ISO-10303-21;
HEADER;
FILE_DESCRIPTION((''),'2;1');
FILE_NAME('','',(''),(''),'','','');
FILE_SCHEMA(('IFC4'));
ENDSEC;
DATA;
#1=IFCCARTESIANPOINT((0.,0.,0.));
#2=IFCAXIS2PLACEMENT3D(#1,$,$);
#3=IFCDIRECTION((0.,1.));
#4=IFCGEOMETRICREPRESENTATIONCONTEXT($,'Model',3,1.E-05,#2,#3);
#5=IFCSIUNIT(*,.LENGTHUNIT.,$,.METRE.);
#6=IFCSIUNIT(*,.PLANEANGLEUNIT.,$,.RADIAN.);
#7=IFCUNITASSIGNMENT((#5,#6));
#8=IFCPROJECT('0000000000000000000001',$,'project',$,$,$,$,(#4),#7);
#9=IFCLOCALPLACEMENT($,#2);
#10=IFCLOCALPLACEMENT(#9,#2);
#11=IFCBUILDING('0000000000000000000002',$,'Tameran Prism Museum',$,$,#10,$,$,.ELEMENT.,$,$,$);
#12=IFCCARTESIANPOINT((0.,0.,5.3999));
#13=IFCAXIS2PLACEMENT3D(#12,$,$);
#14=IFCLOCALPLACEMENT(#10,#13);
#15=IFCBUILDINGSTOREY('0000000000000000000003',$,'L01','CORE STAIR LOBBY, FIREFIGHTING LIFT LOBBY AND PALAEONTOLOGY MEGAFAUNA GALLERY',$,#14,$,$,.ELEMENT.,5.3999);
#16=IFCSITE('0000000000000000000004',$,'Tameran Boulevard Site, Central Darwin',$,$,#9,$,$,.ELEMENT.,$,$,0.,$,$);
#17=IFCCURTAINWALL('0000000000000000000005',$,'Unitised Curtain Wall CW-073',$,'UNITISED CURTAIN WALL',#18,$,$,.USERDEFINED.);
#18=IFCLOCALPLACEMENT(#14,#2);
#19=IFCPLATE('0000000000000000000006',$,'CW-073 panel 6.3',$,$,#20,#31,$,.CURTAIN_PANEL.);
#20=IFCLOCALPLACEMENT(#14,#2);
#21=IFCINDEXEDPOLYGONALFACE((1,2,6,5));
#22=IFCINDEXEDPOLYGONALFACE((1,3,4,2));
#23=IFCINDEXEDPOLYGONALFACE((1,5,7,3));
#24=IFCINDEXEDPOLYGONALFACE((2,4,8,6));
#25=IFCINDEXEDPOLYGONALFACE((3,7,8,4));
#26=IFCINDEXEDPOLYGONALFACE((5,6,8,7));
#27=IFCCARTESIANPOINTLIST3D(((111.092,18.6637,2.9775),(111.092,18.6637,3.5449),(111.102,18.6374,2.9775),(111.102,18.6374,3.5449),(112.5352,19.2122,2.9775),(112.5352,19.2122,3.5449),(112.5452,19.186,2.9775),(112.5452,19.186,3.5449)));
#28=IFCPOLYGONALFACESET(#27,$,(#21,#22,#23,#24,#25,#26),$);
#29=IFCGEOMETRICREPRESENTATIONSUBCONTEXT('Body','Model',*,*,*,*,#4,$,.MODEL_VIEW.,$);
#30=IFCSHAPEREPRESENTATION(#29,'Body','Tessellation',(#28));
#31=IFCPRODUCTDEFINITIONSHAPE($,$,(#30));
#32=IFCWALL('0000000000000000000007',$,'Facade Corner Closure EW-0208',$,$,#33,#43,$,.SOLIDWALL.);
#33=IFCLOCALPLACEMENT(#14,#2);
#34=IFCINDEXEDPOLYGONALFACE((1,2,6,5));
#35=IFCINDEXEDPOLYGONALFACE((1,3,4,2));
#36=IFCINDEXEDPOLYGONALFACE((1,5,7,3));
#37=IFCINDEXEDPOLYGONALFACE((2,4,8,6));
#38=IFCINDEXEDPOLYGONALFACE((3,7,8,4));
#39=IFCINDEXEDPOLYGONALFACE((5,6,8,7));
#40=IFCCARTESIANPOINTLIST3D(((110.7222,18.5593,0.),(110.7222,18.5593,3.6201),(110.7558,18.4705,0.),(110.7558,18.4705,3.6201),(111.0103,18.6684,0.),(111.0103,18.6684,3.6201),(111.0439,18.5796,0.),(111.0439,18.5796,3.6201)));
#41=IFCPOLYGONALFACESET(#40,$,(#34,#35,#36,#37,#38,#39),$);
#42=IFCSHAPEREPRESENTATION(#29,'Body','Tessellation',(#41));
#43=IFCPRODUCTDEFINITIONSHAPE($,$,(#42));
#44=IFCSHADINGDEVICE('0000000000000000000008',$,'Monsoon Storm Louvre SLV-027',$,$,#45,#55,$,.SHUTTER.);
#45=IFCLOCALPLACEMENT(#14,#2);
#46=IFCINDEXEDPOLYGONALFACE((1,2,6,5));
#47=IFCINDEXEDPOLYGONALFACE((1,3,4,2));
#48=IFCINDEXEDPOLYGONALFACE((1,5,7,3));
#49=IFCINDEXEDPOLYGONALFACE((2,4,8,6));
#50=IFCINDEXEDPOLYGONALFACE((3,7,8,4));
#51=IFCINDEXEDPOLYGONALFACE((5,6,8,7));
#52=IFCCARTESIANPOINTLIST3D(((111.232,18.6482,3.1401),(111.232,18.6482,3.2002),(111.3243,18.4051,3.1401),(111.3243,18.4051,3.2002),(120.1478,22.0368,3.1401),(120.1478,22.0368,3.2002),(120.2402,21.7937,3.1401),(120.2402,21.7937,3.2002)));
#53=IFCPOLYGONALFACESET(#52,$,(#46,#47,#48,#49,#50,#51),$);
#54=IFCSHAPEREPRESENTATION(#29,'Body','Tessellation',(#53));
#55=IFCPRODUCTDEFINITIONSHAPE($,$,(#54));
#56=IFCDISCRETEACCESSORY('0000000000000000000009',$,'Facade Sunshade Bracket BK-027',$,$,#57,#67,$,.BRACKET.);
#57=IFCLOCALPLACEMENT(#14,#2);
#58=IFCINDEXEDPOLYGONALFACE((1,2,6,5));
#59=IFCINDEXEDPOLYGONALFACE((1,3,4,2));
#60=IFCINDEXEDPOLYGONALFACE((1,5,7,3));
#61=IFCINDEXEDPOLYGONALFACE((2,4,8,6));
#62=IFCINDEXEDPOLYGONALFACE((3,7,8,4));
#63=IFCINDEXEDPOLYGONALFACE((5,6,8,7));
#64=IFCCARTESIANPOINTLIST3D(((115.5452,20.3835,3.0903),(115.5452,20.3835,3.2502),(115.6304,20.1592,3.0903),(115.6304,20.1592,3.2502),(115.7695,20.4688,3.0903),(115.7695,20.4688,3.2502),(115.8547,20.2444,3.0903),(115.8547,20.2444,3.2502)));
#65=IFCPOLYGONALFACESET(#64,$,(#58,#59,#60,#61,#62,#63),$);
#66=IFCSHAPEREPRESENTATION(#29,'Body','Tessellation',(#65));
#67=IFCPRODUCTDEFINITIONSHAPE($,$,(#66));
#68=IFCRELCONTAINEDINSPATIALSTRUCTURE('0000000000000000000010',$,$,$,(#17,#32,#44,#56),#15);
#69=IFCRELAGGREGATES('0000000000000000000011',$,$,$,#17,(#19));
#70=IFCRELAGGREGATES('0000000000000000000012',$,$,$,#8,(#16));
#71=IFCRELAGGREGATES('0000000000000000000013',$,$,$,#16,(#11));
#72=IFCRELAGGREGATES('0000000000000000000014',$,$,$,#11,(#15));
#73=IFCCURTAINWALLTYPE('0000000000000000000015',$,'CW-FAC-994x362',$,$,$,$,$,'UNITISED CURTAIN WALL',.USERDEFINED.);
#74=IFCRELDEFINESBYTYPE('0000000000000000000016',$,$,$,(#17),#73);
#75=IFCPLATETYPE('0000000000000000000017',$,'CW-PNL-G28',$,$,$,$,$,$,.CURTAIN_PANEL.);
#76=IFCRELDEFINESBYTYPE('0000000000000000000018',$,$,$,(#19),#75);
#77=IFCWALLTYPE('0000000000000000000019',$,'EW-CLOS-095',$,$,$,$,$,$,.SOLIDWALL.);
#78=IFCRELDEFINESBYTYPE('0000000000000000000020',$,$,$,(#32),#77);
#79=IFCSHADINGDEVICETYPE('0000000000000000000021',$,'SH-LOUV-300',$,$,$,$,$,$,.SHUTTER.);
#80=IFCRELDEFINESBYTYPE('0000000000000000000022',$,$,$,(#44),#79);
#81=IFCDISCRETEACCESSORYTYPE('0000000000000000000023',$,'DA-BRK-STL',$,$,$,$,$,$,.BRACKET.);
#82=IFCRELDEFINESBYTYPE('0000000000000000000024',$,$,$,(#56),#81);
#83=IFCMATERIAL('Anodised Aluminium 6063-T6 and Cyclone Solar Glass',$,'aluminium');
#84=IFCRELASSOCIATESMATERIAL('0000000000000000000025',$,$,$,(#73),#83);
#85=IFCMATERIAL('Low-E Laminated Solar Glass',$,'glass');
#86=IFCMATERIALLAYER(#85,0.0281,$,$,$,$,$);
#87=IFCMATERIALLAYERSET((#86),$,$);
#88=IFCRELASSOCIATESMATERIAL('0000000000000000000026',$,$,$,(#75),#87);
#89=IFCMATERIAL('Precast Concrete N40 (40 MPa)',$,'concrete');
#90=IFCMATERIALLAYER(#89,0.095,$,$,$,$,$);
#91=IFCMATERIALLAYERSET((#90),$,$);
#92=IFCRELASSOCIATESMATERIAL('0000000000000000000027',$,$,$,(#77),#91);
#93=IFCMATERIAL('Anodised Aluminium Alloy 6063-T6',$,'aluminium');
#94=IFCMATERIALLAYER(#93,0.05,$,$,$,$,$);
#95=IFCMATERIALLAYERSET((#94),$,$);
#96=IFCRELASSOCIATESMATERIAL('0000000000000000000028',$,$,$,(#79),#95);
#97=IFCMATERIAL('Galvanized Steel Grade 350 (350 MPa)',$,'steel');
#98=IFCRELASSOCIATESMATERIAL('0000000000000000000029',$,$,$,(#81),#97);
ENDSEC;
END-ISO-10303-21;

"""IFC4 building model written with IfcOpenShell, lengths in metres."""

from ifc_helpers import new_model, si_unit, direction, frame, frame_2d, origin, origin_2d, place, context, subcontext, project, spatial, rectangle, extrude, material, layer, layer_set, type_object, element, aggregate, save


model = new_model("IFC4")

# Units and contexts
model_context = context("Model", 3, precision=1e-05, world=origin(), true_north=direction((0.0, 1.0)))
body_context = subcontext(model_context, "Body", "Model", "MODEL_VIEW")
ifc_project = project(units=[si_unit("LENGTHUNIT", "METRE"), si_unit("PLANEANGLEUNIT", "RADIAN")], contexts=[model_context])

# Site, building, storey
site_placement = place(None, origin())
site = spatial("IfcSite", under=ifc_project, at=site_placement, Name="Tameran Boulevard Site, Central Darwin", CompositionType="ELEMENT", RefElevation=0.0)
building_placement = place(site_placement, origin())
building = spatial("IfcBuilding", under=site, at=building_placement, Name="Tameran Prism Museum", CompositionType="ELEMENT")
storey_placement = place(building_placement, frame((0.0, 0.0, 5.3999)))
storey = spatial("IfcBuildingStorey", under=building, at=storey_placement, Name="L01", Description="CORE STAIR LOBBY, FIREFIGHTING LIFT LOBBY AND PALAEONTOLOGY MEGAFAUNA GALLERY", CompositionType="ELEMENT", Elevation=5.3999)

# Curtain wall
ifc_material_1 = material(Name="Anodised Aluminium 6063-T6 and Cyclone Solar Glass", Category="aluminium")
curtain_wall_type_1 = type_object("IfcCurtainWallType", Name="CW-FAC-994x362", ElementType="UNITISED CURTAIN WALL", PredefinedType="USERDEFINED", material=ifc_material_1)
curtain_wall_1_placement = place(storey_placement, origin())
curtain_wall_1 = element("IfcCurtainWall", 1, at=curtain_wall_1_placement, inside=storey, type_object=curtain_wall_type_1, Name="Unitised Curtain Wall CW-073", ObjectType="UNITISED CURTAIN WALL", PredefinedType="USERDEFINED")

# Plate
ifc_material_2 = material(Name="Low-E Laminated Solar Glass", Category="glass")
ifc_layer_1 = layer(ifc_material_2, 0.0281)
ifc_layer_set_1 = layer_set([ifc_layer_1])
plate_type = type_object("IfcPlateType", Name="CW-PNL-G28", PredefinedType="CURTAIN_PANEL", material=ifc_layer_set_1)
plate_1_placement = place(storey_placement, frame((111.8186, 18.9248, 2.9775), z_axis=(0.0, 0.0, 1.0), x_axis=(-0.934757, -0.355288, 0.0)))
plate_1 = element("IfcPlate", 2, at=plate_1_placement, type_object=plate_type, Name="CW-073 panel 6.3", PredefinedType="CURTAIN_PANEL", context=body_context, shape_type="SweptSolid", body=[
    extrude(rectangle(XDim=1.5439, YDim=0.0281, at=origin_2d()), origin(), (0.0, 0.0, 1.0), 0.5674),
])
aggregate(curtain_wall_1, [plate_1])

# Wall
ifc_material_3 = material(Name="Precast Concrete N40 (40 MPa)", Category="concrete")
ifc_layer_2 = layer(ifc_material_3, 0.095)
ifc_layer_set_2 = layer_set([ifc_layer_2])
wall_type = type_object("IfcWallType", Name="EW-CLOS-095", PredefinedType="SOLIDWALL", material=ifc_layer_set_2)
wall_placement = place(storey_placement, frame((111.0271, 18.624, 0.0), z_axis=(0.0, 0.0, 1.0), x_axis=(-0.935151, -0.354248, 0.0)))
element("IfcWall", 3, at=wall_placement, inside=storey, type_object=wall_type, Name="Facade Corner Closure EW-0208", PredefinedType="SOLIDWALL", context=body_context, shape_type="SweptSolid", body=[
    extrude(rectangle(XDim=0.3081, YDim=0.095, at=frame_2d((0.1541, 0.0))), origin(), (0.0, 0.0, 1.0), 3.6201),
])

# Shading device
ifc_material_4 = material(Name="Anodised Aluminium Alloy 6063-T6", Category="aluminium")
ifc_layer_3 = layer(ifc_material_4, 0.05)
ifc_layer_set_3 = layer_set([ifc_layer_3])
shading_device_type = type_object("IfcShadingDeviceType", Name="SH-LOUV-300", PredefinedType="SHUTTER", material=ifc_layer_set_3)
shading_device_placement = place(storey_placement, frame((115.7361, 20.2209, 3.1401), z_axis=(0.0, 0.0, 1.0), x_axis=(-0.934764, -0.35527, 0.0)))
element("IfcShadingDevice", 4, at=shading_device_placement, inside=storey, type_object=shading_device_type, Name="Monsoon Storm Louvre SLV-027", PredefinedType="SHUTTER", context=body_context, shape_type="SweptSolid", body=[
    extrude(rectangle(XDim=9.5381, YDim=0.26, at=origin_2d()), origin(), (0.0, 0.0, 1.0), 0.0601),
])

# Discrete accessory
ifc_material_5 = material(Name="Galvanized Steel Grade 350 (350 MPa)", Category="steel")
discrete_accessory_type = type_object("IfcDiscreteAccessoryType", Name="DA-BRK-STL", PredefinedType="BRACKET", material=ifc_material_5)
discrete_accessory_placement = place(storey_placement, frame((115.7, 20.314, 3.0903), z_axis=(0.0, 0.0, 1.0), x_axis=(-0.934764, -0.35527, 0.0)))
element("IfcDiscreteAccessory", 5, at=discrete_accessory_placement, inside=storey, type_object=discrete_accessory_type, Name="Facade Sunshade Bracket BK-027", PredefinedType="BRACKET", context=body_context, shape_type="SweptSolid", body=[
    extrude(rectangle(XDim=0.24, YDim=0.24, at=origin_2d()), origin(), (0.0, 0.0, 1.0), 0.1599),
])

save(model, "model.ifc")
